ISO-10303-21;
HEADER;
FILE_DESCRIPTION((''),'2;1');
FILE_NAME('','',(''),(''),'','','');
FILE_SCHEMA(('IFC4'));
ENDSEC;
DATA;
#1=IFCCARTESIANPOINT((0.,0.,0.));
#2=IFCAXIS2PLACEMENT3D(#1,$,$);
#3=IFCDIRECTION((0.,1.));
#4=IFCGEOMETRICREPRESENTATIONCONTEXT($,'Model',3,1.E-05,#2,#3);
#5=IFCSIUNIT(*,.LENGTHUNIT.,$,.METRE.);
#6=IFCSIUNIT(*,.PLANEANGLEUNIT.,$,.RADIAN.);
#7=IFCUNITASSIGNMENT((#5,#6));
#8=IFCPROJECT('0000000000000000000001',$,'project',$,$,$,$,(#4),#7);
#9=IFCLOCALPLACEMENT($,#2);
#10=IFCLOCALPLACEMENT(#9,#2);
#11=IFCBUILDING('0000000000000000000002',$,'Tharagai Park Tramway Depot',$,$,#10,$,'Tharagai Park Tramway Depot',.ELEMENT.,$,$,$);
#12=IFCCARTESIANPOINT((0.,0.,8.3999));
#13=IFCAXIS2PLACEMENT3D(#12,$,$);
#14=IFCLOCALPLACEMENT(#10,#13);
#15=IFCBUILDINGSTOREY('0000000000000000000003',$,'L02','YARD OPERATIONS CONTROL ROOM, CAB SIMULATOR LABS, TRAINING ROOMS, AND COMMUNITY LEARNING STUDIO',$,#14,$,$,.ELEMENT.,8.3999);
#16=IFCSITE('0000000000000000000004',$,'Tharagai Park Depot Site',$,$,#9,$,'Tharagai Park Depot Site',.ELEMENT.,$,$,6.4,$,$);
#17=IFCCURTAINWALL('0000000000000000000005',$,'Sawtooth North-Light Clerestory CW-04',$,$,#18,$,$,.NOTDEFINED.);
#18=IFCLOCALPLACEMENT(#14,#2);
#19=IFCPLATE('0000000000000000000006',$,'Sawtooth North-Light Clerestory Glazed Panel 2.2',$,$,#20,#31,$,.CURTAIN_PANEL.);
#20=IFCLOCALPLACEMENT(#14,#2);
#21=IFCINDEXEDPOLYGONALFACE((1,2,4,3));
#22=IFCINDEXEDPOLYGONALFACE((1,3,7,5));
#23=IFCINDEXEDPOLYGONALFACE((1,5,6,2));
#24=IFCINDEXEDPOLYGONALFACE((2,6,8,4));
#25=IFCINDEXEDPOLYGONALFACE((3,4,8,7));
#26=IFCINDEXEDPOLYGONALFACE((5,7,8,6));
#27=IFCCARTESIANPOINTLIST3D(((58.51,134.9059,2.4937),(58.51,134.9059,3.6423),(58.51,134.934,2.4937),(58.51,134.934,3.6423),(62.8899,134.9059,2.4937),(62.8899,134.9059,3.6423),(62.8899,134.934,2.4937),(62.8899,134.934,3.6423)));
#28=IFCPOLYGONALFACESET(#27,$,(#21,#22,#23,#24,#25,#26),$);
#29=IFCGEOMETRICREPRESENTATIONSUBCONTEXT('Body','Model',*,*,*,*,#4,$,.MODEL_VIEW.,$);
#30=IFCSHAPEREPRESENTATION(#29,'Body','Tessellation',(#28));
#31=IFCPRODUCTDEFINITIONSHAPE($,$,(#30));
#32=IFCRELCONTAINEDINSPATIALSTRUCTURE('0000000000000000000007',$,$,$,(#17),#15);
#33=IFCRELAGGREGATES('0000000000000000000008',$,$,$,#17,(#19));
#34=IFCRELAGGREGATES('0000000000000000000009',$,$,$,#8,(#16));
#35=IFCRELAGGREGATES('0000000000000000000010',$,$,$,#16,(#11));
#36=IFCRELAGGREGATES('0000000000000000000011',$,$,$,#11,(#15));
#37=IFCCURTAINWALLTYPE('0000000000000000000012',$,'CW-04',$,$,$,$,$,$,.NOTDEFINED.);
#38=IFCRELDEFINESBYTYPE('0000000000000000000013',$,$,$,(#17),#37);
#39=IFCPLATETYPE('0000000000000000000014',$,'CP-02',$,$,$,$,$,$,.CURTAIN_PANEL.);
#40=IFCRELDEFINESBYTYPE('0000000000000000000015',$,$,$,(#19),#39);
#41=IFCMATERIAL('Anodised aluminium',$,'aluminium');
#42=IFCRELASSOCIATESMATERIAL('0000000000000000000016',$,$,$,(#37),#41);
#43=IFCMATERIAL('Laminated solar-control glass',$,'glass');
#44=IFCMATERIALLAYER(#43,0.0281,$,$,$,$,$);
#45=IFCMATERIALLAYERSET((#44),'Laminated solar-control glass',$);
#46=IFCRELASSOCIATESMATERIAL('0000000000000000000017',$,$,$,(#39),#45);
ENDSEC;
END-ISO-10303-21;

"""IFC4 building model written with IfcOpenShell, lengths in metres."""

from ifc_helpers import new_model, si_unit, direction, frame, origin, origin_2d, place, context, subcontext, project, spatial, rectangle, extrude, material, layer, layer_set, type_object, element, aggregate, save


model = new_model("IFC4")

# Units and contexts
model_context = context("Model", 3, precision=1e-05, world=origin(), true_north=direction((0.0, 1.0)))
body_context = subcontext(model_context, "Body", "Model", "MODEL_VIEW")
ifc_project = project(units=[si_unit("LENGTHUNIT", "METRE"), si_unit("PLANEANGLEUNIT", "RADIAN")], contexts=[model_context])

# Site, building, storey
site_placement = place(None, origin())
site = spatial("IfcSite", under=ifc_project, at=site_placement, Name="Tharagai Park Depot Site", LongName="Tharagai Park Depot Site", CompositionType="ELEMENT", RefElevation=6.4)
building_placement = place(site_placement, origin())
building = spatial("IfcBuilding", under=site, at=building_placement, Name="Tharagai Park Tramway Depot", LongName="Tharagai Park Tramway Depot", CompositionType="ELEMENT")
storey_placement = place(building_placement, frame((0.0, 0.0, 8.3999)))
storey = spatial("IfcBuildingStorey", under=building, at=storey_placement, Name="L02", Description="YARD OPERATIONS CONTROL ROOM, CAB SIMULATOR LABS, TRAINING ROOMS, AND COMMUNITY LEARNING STUDIO", CompositionType="ELEMENT", Elevation=8.3999)

# Shared definitions
ifc_material_1 = material(Name="Anodised aluminium", Category="aluminium")

# Curtain wall
curtain_wall_type_1 = type_object("IfcCurtainWallType", Name="CW-04", PredefinedType="NOTDEFINED", material=ifc_material_1)
curtain_wall_1_placement = place(storey_placement, origin())
curtain_wall_1 = element("IfcCurtainWall", 1, at=curtain_wall_1_placement, inside=storey, type_object=curtain_wall_type_1, Name="Sawtooth North-Light Clerestory CW-04", PredefinedType="NOTDEFINED")

# Plate
ifc_material_2 = material(Name="Laminated solar-control glass", Category="glass")
ifc_layer = layer(ifc_material_2, 0.0281)
ifc_layer_set = layer_set([ifc_layer], Name="Laminated solar-control glass")
plate_type = type_object("IfcPlateType", Name="CP-02", PredefinedType="CURTAIN_PANEL", material=ifc_layer_set)
plate_1_placement = place(storey_placement, frame((60.7, 134.9199, 2.4937), z_axis=(0.0, 0.0, 1.0), x_axis=(1.0, 0.0, 0.0)))
plate_1 = element("IfcPlate", 2, at=plate_1_placement, type_object=plate_type, Name="Sawtooth North-Light Clerestory Glazed Panel 2.2", PredefinedType="CURTAIN_PANEL", context=body_context, shape_type="SweptSolid", body=[
    extrude(rectangle(XDim=4.3799, YDim=0.0281, at=origin_2d()), origin(), (0.0, 0.0, 1.0), 1.1487),
])
aggregate(curtain_wall_1, [plate_1])

save(model, "model.ifc")
